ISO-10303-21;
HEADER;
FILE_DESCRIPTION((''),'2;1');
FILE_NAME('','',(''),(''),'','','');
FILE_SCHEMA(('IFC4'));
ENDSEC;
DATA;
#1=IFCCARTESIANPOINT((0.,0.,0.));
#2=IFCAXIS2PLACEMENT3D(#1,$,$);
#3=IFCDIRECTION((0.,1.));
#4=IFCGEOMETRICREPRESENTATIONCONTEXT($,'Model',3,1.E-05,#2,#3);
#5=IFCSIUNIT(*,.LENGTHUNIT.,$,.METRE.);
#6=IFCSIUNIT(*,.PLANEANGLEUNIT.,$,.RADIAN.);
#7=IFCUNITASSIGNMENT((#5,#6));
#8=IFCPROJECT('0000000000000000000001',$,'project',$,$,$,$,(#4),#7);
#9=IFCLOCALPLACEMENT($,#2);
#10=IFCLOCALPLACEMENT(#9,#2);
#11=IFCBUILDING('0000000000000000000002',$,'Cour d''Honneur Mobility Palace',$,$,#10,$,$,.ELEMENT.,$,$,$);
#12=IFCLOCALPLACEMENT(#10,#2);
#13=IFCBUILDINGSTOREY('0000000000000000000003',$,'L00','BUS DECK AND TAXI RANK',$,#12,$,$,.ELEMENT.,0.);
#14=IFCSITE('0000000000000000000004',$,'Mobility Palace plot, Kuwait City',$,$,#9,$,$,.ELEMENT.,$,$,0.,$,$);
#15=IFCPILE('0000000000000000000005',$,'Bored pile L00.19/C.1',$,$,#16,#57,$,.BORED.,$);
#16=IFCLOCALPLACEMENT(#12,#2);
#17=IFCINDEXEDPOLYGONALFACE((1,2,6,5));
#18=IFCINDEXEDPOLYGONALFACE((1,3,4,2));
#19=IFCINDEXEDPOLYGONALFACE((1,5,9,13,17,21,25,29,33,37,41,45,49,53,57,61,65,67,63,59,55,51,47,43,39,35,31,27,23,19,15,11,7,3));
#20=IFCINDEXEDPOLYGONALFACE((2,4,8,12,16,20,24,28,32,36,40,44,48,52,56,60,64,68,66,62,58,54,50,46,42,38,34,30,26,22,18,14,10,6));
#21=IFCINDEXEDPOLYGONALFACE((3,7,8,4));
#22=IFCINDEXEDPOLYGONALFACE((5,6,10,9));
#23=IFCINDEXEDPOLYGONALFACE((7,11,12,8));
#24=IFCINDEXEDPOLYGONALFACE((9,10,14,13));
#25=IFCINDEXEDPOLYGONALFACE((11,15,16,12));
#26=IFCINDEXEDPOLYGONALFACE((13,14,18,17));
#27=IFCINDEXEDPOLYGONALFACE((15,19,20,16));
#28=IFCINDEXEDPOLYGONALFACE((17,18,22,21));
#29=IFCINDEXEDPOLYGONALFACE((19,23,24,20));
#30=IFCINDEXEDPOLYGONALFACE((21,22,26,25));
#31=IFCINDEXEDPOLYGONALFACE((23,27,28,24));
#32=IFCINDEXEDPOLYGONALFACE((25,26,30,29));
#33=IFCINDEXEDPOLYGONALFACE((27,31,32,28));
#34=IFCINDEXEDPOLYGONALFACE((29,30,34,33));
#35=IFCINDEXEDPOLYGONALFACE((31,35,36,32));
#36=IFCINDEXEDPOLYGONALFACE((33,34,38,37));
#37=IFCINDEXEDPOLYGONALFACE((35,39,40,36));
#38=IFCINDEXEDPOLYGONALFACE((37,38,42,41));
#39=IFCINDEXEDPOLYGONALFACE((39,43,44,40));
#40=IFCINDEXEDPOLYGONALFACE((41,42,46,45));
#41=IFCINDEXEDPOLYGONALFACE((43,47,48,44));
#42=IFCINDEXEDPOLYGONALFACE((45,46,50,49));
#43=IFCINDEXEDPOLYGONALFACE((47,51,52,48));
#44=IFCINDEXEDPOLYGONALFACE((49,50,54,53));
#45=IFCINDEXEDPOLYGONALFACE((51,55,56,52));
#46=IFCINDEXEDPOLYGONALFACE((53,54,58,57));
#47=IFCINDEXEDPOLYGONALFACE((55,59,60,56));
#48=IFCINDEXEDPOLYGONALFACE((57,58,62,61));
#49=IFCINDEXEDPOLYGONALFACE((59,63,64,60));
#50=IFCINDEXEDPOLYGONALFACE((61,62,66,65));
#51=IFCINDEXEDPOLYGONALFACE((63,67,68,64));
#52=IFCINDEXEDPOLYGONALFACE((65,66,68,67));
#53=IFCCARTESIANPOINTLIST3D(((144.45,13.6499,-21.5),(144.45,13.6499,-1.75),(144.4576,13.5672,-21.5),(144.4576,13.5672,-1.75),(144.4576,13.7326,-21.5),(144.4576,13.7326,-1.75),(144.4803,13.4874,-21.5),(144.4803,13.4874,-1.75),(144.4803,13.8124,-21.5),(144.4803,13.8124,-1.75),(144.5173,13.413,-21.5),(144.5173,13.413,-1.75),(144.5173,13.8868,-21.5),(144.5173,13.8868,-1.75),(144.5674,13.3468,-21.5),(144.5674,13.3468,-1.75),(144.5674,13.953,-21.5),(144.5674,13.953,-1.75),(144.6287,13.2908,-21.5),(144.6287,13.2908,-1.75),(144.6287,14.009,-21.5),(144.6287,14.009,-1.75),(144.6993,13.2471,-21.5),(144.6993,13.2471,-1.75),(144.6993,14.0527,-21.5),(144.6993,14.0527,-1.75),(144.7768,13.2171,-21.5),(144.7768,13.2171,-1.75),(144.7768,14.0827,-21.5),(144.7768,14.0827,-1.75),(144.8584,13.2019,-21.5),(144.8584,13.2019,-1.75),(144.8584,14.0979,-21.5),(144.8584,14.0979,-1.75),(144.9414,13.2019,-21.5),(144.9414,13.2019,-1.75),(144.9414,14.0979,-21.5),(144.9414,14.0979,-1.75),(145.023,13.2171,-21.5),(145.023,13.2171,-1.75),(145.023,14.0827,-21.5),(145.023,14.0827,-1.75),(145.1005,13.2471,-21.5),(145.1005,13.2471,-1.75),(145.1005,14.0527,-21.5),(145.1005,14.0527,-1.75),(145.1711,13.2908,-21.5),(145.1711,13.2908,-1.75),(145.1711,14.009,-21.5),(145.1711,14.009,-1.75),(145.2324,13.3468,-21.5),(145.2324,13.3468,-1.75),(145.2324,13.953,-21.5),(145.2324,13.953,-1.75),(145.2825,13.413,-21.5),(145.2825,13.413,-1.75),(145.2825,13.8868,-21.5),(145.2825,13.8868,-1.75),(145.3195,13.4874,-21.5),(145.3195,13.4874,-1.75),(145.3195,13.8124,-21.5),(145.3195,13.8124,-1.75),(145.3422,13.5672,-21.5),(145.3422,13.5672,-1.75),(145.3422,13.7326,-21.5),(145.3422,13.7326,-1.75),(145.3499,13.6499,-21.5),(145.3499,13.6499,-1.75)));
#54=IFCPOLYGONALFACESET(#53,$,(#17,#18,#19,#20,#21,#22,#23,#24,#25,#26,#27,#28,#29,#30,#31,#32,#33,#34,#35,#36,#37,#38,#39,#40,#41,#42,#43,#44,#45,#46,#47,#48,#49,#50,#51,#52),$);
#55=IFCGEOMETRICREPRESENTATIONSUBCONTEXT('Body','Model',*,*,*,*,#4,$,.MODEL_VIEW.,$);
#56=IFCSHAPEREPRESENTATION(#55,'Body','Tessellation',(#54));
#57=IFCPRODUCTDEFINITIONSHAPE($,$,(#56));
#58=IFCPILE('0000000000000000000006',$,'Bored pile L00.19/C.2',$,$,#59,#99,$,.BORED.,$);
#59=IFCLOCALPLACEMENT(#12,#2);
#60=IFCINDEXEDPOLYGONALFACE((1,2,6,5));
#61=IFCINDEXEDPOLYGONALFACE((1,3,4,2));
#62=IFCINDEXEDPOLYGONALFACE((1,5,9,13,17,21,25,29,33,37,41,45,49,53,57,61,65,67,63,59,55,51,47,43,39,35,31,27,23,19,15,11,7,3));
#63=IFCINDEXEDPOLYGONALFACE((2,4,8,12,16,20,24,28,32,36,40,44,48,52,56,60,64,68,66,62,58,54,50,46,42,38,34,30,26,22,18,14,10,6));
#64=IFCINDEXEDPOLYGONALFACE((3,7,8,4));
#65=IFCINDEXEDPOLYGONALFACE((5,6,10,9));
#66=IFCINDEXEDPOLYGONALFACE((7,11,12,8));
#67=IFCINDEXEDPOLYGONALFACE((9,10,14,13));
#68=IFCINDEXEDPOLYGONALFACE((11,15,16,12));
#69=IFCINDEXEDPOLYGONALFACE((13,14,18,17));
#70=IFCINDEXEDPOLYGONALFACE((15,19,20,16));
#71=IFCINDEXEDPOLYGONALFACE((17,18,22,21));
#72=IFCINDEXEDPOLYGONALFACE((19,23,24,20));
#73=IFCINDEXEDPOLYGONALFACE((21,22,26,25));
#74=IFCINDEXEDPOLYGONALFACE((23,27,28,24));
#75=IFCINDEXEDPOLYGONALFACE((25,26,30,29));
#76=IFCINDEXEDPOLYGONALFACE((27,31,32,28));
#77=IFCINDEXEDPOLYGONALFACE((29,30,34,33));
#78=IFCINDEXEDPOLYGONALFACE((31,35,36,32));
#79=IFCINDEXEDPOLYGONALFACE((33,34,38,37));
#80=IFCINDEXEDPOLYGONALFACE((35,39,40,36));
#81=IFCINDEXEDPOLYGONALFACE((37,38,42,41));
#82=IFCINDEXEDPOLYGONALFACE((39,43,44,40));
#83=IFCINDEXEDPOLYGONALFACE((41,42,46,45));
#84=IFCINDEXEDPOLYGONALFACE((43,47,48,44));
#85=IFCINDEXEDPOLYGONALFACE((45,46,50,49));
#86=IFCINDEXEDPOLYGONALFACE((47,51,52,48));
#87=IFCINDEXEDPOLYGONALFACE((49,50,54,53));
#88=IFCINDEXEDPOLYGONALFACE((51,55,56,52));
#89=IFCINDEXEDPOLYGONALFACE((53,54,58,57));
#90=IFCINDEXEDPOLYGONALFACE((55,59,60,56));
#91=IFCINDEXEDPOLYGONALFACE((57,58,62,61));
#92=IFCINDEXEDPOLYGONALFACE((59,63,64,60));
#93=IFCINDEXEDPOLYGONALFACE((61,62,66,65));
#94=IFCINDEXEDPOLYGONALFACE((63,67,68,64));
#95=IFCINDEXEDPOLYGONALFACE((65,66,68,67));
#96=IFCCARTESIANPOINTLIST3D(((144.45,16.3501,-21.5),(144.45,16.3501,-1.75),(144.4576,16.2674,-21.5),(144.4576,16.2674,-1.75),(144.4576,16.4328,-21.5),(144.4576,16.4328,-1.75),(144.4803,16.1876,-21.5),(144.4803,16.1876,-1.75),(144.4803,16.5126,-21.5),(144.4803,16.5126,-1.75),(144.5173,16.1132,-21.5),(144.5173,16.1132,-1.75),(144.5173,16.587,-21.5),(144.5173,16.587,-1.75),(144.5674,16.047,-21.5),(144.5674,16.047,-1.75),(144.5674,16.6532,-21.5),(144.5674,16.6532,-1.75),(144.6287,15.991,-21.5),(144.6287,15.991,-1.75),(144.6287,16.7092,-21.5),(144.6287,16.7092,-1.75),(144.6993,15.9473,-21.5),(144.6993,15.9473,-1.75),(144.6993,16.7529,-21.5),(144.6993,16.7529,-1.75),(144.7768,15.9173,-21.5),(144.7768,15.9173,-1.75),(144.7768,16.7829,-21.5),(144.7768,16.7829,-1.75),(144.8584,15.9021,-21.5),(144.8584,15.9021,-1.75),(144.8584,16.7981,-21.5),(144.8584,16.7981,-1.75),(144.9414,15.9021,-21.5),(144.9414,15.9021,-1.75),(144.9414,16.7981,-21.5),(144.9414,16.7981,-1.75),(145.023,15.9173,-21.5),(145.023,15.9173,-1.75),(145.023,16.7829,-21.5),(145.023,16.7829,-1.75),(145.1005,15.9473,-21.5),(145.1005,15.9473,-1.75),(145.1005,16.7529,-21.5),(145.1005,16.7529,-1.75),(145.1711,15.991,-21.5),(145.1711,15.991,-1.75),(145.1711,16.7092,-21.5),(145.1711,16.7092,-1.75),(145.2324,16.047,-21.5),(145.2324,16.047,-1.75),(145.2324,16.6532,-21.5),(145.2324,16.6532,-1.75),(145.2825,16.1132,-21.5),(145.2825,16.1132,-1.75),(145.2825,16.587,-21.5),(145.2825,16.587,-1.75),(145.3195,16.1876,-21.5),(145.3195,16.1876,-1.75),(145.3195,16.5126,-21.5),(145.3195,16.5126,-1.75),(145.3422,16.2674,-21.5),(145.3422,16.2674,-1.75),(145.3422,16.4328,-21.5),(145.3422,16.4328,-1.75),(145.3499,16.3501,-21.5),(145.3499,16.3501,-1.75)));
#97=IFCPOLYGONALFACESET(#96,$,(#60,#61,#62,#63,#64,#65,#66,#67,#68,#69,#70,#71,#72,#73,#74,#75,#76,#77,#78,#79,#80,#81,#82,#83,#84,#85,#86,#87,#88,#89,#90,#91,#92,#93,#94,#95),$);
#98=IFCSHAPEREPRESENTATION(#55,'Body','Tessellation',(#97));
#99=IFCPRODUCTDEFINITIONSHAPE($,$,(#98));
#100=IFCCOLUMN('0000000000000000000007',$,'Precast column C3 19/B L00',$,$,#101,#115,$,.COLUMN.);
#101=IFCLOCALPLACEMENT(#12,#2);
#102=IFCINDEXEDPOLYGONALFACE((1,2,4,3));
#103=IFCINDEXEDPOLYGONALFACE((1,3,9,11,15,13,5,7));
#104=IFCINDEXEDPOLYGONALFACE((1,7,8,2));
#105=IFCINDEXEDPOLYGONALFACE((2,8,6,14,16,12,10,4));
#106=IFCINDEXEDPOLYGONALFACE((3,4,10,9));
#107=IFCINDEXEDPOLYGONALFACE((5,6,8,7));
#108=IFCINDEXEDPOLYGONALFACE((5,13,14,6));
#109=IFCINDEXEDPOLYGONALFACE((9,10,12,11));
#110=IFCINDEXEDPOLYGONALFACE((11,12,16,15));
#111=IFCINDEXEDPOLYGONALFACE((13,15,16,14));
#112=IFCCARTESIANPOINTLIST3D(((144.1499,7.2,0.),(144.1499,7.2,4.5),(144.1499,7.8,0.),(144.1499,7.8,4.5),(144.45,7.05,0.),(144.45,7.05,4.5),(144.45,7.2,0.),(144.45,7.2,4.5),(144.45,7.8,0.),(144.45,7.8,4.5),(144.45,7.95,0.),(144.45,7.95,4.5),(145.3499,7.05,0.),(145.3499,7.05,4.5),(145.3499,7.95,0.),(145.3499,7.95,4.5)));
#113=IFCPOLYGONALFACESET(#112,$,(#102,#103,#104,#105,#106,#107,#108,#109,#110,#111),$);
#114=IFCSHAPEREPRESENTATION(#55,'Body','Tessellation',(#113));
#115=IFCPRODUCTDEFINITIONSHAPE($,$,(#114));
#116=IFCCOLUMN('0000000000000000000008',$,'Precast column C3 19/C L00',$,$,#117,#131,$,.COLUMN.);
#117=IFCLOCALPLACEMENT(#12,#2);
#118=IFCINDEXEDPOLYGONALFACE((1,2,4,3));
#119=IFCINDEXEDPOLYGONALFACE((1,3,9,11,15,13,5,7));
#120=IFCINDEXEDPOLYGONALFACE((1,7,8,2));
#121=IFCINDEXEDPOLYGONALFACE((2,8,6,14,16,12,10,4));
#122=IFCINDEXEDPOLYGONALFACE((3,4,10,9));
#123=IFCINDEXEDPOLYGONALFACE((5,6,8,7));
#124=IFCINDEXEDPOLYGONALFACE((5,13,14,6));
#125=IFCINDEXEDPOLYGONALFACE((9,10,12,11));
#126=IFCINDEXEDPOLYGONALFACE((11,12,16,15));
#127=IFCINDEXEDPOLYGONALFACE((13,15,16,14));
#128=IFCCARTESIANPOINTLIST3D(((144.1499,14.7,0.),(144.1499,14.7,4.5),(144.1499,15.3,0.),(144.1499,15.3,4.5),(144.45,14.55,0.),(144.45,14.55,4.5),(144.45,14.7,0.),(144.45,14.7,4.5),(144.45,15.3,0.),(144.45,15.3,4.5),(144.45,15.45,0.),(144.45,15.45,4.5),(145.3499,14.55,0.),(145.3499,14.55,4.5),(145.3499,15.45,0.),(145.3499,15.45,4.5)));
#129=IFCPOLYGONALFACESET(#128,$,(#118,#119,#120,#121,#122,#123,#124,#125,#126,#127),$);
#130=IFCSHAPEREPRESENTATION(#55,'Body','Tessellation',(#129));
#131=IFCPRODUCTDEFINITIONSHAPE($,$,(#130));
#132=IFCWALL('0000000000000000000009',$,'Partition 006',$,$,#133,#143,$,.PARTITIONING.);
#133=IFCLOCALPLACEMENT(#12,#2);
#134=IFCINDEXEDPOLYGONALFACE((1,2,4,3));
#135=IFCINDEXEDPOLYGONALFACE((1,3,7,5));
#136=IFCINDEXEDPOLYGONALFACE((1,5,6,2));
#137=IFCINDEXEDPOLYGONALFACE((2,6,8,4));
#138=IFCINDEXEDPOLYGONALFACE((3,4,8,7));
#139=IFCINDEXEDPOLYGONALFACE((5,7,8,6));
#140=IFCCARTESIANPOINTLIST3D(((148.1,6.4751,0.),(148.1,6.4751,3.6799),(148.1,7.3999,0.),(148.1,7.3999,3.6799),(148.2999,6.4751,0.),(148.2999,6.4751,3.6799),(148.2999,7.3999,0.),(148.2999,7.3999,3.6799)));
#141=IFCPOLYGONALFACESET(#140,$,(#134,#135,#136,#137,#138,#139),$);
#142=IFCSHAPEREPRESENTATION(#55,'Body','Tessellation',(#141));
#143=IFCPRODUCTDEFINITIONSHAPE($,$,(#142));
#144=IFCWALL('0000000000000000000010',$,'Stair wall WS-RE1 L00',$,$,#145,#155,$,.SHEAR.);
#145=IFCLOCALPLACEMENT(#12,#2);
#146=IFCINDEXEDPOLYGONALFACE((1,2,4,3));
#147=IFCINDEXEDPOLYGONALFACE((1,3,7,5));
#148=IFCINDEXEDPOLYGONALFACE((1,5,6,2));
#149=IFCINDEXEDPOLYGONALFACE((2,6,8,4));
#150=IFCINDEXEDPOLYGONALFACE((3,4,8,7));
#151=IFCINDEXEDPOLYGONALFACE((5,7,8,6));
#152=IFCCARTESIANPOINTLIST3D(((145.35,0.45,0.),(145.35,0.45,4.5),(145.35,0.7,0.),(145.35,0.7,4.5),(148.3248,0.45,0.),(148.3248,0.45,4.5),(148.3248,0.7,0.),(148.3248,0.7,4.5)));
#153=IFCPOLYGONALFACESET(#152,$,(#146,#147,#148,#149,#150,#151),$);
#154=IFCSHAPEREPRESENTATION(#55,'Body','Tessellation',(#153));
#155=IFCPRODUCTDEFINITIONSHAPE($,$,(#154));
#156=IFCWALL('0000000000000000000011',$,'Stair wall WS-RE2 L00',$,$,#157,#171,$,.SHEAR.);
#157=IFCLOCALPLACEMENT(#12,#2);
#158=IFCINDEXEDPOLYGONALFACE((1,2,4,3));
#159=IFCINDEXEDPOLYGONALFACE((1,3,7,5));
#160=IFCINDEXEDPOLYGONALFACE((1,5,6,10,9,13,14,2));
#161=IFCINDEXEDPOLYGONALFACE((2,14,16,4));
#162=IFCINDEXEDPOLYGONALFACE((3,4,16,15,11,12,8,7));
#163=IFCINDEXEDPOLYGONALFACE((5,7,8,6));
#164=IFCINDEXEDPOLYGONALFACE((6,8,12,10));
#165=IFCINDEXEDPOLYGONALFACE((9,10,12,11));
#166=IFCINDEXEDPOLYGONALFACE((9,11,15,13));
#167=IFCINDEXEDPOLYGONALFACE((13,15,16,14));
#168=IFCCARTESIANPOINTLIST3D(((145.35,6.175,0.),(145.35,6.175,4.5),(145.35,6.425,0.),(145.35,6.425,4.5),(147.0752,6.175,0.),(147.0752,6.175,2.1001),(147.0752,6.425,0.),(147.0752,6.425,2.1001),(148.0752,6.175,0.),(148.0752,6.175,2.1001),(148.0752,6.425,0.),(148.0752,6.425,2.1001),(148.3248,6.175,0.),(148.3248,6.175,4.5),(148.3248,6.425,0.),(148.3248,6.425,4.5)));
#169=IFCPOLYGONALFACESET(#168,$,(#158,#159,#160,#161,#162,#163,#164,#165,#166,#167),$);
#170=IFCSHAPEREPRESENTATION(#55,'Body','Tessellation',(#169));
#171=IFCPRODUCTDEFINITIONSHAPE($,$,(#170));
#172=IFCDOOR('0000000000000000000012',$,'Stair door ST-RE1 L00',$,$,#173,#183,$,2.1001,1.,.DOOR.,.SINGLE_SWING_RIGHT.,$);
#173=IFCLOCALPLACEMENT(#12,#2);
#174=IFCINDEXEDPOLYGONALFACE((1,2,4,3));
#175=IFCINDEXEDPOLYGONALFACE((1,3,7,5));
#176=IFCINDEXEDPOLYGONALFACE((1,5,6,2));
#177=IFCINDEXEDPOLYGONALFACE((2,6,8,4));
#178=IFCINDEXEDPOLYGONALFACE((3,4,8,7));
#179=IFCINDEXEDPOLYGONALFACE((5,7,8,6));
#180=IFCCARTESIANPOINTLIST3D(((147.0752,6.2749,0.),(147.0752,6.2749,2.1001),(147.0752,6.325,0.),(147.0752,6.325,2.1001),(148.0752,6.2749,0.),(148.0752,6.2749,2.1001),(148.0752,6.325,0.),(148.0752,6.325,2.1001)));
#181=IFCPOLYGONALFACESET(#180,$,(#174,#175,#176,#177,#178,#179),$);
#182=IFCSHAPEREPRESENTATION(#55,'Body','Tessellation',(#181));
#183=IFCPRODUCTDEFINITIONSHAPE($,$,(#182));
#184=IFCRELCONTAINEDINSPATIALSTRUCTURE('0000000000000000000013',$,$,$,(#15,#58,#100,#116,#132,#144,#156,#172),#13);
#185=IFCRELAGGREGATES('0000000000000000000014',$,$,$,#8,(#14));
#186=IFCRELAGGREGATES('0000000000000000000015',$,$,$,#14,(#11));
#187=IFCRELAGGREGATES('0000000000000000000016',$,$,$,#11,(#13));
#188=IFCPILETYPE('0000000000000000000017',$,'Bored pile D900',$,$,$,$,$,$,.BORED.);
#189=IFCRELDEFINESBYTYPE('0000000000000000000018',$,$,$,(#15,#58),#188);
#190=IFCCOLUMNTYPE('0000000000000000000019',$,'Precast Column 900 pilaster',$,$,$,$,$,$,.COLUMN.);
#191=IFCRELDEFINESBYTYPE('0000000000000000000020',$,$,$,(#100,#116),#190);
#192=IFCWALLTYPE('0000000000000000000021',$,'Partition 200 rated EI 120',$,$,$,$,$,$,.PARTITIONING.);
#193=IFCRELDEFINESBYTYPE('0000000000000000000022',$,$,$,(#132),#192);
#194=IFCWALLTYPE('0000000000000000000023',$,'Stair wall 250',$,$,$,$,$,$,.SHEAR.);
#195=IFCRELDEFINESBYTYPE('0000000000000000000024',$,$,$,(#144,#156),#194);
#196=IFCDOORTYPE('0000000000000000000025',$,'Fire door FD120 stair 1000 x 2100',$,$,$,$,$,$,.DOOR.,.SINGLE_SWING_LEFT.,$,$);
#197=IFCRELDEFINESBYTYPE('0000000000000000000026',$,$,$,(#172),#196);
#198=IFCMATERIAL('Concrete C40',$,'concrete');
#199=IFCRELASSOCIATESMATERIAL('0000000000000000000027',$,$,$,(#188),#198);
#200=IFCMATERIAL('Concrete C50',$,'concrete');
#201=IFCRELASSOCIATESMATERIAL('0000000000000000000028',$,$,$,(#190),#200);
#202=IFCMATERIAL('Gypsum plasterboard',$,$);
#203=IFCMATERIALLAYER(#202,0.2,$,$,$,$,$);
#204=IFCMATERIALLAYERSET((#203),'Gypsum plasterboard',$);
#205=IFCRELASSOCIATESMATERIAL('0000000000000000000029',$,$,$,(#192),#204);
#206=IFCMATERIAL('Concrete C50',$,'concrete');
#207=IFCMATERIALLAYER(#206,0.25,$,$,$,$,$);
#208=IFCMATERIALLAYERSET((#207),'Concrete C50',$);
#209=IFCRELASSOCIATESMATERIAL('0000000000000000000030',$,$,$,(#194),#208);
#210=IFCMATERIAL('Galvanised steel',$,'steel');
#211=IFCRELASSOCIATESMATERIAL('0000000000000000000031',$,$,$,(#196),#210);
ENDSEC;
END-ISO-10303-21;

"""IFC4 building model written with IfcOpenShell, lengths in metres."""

from ifc_helpers import new_model, si_unit, direction, frame, frame_2d, origin, origin_2d, place, context, subcontext, project, spatial, polyline, rectangle, circle, outline, extrude, material, layer, layer_set, material_profile, profile_set, type_object, element, fill, save


model = new_model("IFC4")

# Units and contexts
model_context = context("Model", 3, precision=1e-05, world=origin(), true_north=direction((0.0, 1.0)))
body_context = subcontext(model_context, "Body", "Model", "MODEL_VIEW")
ifc_project = project(units=[si_unit("LENGTHUNIT", "METRE"), si_unit("PLANEANGLEUNIT", "RADIAN")], contexts=[model_context])

# Site, building, storey
site_placement = place(None, origin())
site = spatial("IfcSite", under=ifc_project, at=site_placement, Name="Mobility Palace plot, Kuwait City", CompositionType="ELEMENT", RefElevation=0.0)
building_placement = place(site_placement, origin())
building = spatial("IfcBuilding", under=site, at=building_placement, Name="Cour d'Honneur Mobility Palace", CompositionType="ELEMENT")
storey_placement = place(building_placement, origin())
storey = spatial("IfcBuildingStorey", under=building, at=storey_placement, Name="L00", Description="BUS DECK AND TAXI RANK", CompositionType="ELEMENT", Elevation=0.0)

# Piles
ifc_material_1 = material(Name="Concrete C40", Category="concrete")
ifc_material_profile_1 = material_profile(ifc_material_1, circle(Radius=0.45, at=origin_2d()), Name="Bored pile D900")
ifc_profile_set_1 = profile_set([ifc_material_profile_1], Name="Concrete C40")
pile_type_1 = type_object("IfcPileType", Name="Bored pile D900", PredefinedType="BORED", material=ifc_profile_set_1)
for number, where, z_axis, x_axis, name in (
    (1, (144.8999, 13.6499, -1.75), (0.0, 0.0, -1.0), (1.0, 0.0, 0.0), "Bored pile L00.19/C.1"),
    (2, (144.8999, 16.3501, -1.75), (0.0, 0.0, -1.0), (1.0, 0.0, 0.0), "Bored pile L00.19/C.2"),
):
    element("IfcPile", number, at=place(storey_placement, frame(where, z_axis=z_axis, x_axis=x_axis)), inside=storey, type_object=pile_type_1, Name=name, PredefinedType="BORED", context=body_context, shape_type="SweptSolid", body=[
        extrude(circle(Radius=0.45, at=origin_2d()), origin(), (0.0, 0.0, 1.0), 19.75),
    ])

# Columns
ifc_material_2 = material(Name="Concrete C50", Category="concrete")
ifc_material_profile_2 = material_profile(ifc_material_2, outline(polyline([(-0.45, -0.45), (0.45, -0.45), (0.45, -0.3), (0.75, -0.3), (0.75, 0.3), (0.45, 0.3), (0.45, 0.45), (-0.45, 0.45), (-0.45, -0.45)])), Name="PC C900 pilaster")
ifc_profile_set_2 = profile_set([ifc_material_profile_2], Name="Concrete C50")
column_type = type_object("IfcColumnType", Name="Precast Column 900 pilaster", PredefinedType="COLUMN", material=ifc_profile_set_2)
for number, where, z_axis, x_axis, name in (
    (3, (144.8999, 7.5, 0.0), (0.0, 0.0, 1.0), (-1.0, 0.0, 0.0), "Precast column C3 19/B L00"),
    (4, (144.8999, 15.0, 0.0), (0.0, 0.0, 1.0), (-1.0, 0.0, 0.0), "Precast column C3 19/C L00"),
):
    element("IfcColumn", number, at=place(storey_placement, frame(where, z_axis=z_axis, x_axis=x_axis)), inside=storey, type_object=column_type, Name=name, PredefinedType="COLUMN", context=body_context, shape_type="SweptSolid", body=[
        extrude(outline(polyline([(-0.45, -0.45), (0.45, -0.45), (0.45, -0.3), (0.75, -0.3), (0.75, 0.3), (0.45, 0.3), (0.45, 0.45), (-0.45, 0.45), (-0.45, -0.45)])), origin(), (0.0, 0.0, 1.0), 4.5),
    ])

# Walls
ifc_material_3 = material(Name="Gypsum plasterboard")
ifc_layer_1 = layer(ifc_material_3, 0.2)
ifc_layer_set_1 = layer_set([ifc_layer_1], Name="Gypsum plasterboard")
wall_type_1 = type_object("IfcWallType", Name="Partition 200 rated EI 120", PredefinedType="PARTITIONING", material=ifc_layer_set_1)
wall_1_placement = place(storey_placement, frame((148.2, 6.4751, 0.0), z_axis=(0.0, 0.0, 1.0), x_axis=(0.0, 1.0, 0.0)))
element("IfcWall", 5, at=wall_1_placement, inside=storey, type_object=wall_type_1, Name="Partition 006", PredefinedType="PARTITIONING", context=body_context, shape_type="SweptSolid", body=[
    extrude(rectangle(XDim=0.9248, YDim=0.2, at=frame_2d((0.4624, 0.0))), origin(), (0.0, 0.0, 1.0), 3.6799),
])
ifc_material_4 = material(Name="Concrete C50", Category="concrete")
ifc_layer_2 = layer(ifc_material_4, 0.25)
ifc_layer_set_2 = layer_set([ifc_layer_2], Name="Concrete C50")
wall_type_2 = type_object("IfcWallType", Name="Stair wall 250", PredefinedType="SHEAR", material=ifc_layer_set_2)
wall_2_placement = place(storey_placement, frame((145.3501, 0.575, 0.0), z_axis=(0.0, 0.0, 1.0), x_axis=(1.0, 0.0, 0.0)))
element("IfcWall", 6, at=wall_2_placement, inside=storey, type_object=wall_type_2, Name="Stair wall WS-RE1 L00", PredefinedType="SHEAR", context=body_context, shape_type="SweptSolid", body=[
    extrude(rectangle(XDim=2.9749, YDim=0.25, at=frame_2d((1.4873, 0.0))), origin(), (0.0, 0.0, 1.0), 4.5),
])

# Wall, opening, door
wall_3_placement = place(storey_placement, frame((145.3501, 6.3, 0.0), z_axis=(0.0, 0.0, 1.0), x_axis=(1.0, 0.0, 0.0)))
wall_3 = element("IfcWall", 7, at=wall_3_placement, inside=storey, type_object=wall_type_2, Name="Stair wall WS-RE2 L00", PredefinedType="SHEAR", context=body_context, shape_type="SweptSolid", body=[
    extrude(rectangle(XDim=2.9749, YDim=0.25, at=frame_2d((1.4873, 0.0))), origin(), (0.0, 0.0, 1.0), 4.5),
])
opening_1_placement = place(wall_3_placement, frame((1.7251, 0.0, 0.0)))
opening_1 = element("IfcOpeningElement", 8, at=opening_1_placement, cuts=wall_3, PredefinedType="OPENING", context=body_context, shape_type="SweptSolid", body=[
    extrude(rectangle(XDim=1.0, YDim=2.1001, at=frame_2d((0.5, 1.05))), frame((0.0, 0.135, 0.0), z_axis=(0.0, -1.0, 0.0), x_axis=(1.0, 0.0, 0.0)), (0.0, 0.0, 1.0), 0.27),
])
ifc_material_5 = material(Name="Galvanised steel", Category="steel")
door_type_1 = type_object("IfcDoorType", Name="Fire door FD120 stair 1000 x 2100", OperationType="SINGLE_SWING_LEFT", PredefinedType="DOOR", material=ifc_material_5)
door_1_placement = place(opening_1_placement, origin())
door_1 = element("IfcDoor", 9, at=door_1_placement, inside=storey, type_object=door_type_1, Name="Stair door ST-RE1 L00", OperationType="SINGLE_SWING_RIGHT", OverallHeight=2.1001, OverallWidth=1.0, PredefinedType="DOOR", context=body_context, shape_type="SweptSolid", body=[
    extrude(rectangle(XDim=1.0, YDim=2.1001, at=frame_2d((0.5, 1.05))), frame((0.0, 0.0249, 0.0), z_axis=(0.0, -1.0, 0.0), x_axis=(1.0, 0.0, 0.0)), (0.0, 0.0, 1.0), 0.05),
])
fill(opening_1, door_1)

save(model, "model.ifc")
